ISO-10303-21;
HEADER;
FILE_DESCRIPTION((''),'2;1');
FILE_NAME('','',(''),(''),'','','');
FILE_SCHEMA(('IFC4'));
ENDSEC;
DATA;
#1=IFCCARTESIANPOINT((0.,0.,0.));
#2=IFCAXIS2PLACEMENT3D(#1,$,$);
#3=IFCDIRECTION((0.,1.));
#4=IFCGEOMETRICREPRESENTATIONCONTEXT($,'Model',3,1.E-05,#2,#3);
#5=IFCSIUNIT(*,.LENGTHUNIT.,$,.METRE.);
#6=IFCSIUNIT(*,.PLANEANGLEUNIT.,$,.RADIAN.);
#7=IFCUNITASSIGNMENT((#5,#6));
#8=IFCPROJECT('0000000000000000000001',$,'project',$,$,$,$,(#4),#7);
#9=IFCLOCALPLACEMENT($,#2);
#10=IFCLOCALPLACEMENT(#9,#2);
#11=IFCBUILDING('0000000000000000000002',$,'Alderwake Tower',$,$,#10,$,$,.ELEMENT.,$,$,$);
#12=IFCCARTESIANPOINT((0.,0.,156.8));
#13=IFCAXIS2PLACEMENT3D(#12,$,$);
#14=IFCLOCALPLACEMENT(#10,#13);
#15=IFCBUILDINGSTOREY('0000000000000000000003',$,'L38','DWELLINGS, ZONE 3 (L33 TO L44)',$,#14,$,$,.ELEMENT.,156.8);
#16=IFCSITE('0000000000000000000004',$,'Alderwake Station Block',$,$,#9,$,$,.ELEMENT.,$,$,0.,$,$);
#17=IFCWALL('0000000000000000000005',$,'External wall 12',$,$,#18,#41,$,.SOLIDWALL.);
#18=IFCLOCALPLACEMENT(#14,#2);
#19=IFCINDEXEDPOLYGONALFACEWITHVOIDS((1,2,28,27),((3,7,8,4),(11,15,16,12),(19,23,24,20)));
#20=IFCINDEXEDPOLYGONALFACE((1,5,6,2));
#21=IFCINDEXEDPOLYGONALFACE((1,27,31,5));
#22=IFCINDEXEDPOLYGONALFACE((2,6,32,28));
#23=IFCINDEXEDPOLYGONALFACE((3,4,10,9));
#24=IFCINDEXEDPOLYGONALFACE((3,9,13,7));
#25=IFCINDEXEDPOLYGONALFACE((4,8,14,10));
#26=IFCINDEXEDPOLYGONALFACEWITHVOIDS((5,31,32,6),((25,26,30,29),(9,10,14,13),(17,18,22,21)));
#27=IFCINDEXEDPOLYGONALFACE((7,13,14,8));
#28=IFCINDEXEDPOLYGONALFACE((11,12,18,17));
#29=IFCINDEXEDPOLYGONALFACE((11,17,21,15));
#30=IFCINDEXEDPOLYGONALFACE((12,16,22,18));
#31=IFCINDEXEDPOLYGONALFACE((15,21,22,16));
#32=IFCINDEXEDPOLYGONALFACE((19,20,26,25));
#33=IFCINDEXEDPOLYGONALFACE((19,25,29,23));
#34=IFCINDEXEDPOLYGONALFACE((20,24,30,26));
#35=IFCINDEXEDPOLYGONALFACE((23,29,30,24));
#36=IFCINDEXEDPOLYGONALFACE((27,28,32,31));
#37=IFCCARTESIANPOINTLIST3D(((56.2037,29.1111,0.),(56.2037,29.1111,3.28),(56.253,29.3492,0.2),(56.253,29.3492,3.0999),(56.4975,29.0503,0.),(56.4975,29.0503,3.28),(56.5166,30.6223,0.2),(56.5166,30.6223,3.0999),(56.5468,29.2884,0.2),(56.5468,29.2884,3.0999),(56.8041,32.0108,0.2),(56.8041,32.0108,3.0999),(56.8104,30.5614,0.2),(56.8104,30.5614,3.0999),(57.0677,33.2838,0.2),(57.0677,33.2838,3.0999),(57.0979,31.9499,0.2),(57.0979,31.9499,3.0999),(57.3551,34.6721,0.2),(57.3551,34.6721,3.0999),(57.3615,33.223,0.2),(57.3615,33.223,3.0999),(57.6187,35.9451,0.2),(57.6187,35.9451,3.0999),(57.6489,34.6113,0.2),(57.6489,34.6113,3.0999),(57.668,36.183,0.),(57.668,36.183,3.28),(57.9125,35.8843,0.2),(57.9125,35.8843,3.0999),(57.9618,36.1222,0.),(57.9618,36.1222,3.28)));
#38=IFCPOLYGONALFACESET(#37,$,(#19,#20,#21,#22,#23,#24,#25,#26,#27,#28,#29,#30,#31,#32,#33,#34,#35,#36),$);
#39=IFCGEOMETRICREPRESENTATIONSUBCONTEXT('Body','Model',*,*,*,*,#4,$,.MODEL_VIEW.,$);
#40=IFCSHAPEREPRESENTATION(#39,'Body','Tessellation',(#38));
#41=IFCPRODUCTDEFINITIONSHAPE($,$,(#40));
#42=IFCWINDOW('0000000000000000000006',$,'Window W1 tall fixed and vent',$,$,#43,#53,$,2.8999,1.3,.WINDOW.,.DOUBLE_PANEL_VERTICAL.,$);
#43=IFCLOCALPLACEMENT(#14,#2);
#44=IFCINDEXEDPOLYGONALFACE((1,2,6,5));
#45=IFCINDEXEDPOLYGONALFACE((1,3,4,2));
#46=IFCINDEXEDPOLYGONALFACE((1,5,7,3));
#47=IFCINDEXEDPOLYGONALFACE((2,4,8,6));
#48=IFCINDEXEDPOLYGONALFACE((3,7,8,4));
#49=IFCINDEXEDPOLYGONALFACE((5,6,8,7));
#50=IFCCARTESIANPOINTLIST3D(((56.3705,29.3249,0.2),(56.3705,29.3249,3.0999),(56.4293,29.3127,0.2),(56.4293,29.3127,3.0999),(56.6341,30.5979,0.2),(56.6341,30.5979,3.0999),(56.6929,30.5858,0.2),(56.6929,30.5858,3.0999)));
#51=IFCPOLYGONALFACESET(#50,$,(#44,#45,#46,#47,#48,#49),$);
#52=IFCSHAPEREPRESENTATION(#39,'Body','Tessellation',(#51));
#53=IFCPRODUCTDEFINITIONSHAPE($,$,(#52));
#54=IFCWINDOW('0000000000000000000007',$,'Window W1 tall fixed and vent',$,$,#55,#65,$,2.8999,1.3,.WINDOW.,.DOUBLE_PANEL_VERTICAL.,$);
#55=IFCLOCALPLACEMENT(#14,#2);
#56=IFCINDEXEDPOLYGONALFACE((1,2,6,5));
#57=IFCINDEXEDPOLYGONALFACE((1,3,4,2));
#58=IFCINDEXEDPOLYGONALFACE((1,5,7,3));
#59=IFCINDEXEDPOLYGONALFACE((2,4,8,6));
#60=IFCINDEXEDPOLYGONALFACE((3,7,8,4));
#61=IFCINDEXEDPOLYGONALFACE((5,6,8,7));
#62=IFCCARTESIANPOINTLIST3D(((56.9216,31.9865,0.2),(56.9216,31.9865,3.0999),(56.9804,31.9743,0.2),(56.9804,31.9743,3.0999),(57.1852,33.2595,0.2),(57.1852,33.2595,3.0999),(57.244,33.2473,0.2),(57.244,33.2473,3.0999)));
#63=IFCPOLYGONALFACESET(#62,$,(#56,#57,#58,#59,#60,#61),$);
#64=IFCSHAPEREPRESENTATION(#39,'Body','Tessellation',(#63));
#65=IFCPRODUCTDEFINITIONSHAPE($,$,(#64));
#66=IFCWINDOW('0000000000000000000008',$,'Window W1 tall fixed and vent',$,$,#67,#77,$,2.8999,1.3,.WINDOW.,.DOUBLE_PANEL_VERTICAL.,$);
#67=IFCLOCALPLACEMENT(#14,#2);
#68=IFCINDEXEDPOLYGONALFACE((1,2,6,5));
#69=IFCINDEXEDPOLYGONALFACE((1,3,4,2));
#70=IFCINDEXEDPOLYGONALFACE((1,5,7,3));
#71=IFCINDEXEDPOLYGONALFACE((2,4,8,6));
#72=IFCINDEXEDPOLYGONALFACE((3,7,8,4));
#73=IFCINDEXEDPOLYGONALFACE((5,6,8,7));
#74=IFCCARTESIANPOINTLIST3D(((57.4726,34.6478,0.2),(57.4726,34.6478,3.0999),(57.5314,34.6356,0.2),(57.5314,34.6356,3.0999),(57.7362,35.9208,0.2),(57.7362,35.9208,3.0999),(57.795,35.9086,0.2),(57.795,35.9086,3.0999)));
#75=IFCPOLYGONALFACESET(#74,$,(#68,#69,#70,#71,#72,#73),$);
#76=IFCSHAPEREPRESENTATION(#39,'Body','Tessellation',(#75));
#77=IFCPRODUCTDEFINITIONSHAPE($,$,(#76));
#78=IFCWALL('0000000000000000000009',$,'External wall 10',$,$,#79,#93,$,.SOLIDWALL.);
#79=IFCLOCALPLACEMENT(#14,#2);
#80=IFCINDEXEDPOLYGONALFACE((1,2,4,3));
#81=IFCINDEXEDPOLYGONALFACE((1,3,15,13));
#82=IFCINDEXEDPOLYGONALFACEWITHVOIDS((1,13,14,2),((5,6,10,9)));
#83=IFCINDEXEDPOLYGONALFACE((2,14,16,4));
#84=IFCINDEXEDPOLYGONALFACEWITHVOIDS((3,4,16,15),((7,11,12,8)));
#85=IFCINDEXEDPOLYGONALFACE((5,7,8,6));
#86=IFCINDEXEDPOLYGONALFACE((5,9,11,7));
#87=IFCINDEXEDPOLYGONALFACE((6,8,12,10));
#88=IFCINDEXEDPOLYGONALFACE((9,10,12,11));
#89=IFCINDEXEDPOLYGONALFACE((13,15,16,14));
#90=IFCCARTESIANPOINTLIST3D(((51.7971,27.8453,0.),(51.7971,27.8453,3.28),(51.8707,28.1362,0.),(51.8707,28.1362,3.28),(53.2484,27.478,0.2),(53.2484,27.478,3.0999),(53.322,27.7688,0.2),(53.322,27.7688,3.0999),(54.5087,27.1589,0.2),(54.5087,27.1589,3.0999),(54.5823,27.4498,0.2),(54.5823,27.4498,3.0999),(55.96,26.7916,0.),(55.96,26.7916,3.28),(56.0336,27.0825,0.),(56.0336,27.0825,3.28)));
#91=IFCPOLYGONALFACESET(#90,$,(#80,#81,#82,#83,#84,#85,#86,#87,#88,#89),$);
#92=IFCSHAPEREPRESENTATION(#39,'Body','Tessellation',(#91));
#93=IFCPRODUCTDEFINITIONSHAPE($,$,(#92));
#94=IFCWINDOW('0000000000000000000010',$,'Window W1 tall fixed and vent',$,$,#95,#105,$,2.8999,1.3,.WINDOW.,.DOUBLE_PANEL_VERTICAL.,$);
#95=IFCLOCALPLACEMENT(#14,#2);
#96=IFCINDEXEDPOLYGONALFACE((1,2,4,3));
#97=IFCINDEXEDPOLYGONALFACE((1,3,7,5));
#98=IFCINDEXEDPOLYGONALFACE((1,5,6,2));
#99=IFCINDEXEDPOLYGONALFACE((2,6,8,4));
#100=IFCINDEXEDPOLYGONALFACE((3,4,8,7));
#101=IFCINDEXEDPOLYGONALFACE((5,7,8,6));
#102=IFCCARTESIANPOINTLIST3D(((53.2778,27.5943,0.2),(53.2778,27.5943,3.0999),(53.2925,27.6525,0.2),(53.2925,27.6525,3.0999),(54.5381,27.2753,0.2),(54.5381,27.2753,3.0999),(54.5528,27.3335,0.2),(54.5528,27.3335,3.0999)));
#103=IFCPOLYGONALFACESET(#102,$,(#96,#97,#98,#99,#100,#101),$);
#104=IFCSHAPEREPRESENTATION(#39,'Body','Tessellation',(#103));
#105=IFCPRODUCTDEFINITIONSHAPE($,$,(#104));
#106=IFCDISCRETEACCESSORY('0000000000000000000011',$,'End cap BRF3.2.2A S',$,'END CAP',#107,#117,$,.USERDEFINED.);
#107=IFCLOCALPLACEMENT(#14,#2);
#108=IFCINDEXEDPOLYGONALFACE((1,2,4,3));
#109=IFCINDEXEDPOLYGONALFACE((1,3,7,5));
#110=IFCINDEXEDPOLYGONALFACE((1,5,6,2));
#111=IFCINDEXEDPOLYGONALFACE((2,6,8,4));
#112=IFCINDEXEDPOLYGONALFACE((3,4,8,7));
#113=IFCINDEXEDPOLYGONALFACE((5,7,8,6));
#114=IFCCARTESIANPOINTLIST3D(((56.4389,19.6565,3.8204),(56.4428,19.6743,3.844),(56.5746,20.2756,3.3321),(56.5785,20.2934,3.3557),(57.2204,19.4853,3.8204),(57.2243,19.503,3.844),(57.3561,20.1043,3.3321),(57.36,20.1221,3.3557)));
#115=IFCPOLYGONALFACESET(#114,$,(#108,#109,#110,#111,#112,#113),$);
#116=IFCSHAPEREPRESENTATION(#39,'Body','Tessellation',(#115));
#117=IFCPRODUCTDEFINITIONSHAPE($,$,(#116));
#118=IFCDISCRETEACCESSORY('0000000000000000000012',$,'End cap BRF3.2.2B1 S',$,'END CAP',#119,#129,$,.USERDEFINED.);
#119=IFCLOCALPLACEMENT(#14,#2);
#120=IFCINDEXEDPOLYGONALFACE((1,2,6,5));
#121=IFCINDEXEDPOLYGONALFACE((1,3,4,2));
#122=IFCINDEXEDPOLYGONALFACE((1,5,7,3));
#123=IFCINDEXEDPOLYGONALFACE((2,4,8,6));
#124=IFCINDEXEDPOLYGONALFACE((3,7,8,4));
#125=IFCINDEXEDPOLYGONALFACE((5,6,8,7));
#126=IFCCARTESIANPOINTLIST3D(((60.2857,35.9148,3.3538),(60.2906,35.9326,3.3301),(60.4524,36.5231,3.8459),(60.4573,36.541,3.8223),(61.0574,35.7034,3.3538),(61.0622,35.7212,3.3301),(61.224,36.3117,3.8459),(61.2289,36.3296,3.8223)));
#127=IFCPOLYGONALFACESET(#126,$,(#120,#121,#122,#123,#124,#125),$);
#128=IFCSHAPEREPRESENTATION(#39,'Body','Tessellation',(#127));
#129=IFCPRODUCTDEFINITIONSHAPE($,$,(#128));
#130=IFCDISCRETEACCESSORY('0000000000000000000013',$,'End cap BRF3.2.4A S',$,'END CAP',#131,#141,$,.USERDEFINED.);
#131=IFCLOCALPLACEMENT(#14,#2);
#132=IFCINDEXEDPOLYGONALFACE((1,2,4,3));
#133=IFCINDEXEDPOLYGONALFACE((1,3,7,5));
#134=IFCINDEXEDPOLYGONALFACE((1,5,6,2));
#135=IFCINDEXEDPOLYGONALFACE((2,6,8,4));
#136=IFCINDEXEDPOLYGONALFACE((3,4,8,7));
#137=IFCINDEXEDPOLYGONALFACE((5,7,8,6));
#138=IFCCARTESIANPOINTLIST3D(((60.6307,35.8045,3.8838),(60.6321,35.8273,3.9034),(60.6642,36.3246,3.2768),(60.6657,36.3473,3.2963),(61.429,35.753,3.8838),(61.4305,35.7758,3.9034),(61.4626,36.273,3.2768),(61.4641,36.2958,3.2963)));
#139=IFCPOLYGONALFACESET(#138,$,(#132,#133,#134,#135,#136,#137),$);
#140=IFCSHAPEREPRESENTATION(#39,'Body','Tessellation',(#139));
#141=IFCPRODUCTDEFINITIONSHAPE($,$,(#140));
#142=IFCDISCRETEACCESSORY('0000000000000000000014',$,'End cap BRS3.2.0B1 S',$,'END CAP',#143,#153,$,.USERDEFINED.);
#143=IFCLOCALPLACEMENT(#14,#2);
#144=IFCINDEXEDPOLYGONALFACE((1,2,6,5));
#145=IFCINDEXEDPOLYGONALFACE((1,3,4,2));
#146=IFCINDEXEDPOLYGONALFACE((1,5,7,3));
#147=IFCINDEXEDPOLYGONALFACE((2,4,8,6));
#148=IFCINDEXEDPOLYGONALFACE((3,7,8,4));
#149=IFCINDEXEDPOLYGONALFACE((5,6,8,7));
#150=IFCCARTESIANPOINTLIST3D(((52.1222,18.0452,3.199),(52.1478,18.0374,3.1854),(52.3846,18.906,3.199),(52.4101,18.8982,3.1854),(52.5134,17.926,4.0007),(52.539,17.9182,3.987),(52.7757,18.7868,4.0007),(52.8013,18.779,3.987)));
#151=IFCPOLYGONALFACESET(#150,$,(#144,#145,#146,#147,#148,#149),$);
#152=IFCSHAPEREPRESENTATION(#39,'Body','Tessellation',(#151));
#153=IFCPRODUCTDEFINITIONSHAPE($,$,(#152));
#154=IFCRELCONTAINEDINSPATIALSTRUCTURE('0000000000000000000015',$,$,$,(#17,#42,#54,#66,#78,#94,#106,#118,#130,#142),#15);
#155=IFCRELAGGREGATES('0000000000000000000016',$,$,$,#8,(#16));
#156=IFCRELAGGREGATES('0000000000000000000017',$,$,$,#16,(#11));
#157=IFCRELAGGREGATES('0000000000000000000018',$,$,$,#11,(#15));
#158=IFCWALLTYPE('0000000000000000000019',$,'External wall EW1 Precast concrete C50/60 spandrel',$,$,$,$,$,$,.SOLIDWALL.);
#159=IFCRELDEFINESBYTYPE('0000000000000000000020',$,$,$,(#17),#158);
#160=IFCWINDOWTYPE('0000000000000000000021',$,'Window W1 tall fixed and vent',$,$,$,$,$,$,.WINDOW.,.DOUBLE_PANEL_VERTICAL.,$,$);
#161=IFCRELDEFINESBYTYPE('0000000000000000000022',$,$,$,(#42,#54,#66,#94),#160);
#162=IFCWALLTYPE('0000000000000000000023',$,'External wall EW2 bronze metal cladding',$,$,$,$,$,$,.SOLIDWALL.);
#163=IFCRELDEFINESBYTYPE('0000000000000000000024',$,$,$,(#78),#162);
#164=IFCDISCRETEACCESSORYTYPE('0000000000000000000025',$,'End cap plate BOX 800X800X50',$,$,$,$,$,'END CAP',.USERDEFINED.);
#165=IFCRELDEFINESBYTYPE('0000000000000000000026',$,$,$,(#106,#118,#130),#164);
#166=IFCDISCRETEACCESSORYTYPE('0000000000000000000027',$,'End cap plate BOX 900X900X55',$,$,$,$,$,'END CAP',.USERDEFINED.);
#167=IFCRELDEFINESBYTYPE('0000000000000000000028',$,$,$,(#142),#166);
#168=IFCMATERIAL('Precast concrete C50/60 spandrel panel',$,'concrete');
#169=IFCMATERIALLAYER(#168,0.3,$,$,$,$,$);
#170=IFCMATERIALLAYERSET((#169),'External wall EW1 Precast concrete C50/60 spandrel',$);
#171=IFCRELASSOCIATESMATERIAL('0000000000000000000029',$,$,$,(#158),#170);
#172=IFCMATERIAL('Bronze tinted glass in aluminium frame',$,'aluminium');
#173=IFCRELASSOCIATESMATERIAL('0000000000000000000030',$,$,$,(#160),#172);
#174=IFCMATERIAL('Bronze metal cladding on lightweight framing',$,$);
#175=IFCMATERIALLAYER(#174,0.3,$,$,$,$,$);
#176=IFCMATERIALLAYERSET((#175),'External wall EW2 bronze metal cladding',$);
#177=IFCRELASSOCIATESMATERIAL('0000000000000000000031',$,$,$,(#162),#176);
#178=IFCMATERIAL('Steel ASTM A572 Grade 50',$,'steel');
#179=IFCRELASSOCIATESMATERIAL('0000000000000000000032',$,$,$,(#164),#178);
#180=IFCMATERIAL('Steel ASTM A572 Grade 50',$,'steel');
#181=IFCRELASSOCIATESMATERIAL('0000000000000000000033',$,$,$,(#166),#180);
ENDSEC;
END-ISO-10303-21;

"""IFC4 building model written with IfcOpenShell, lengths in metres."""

from ifc_helpers import new_model, si_unit, direction, frame, frame_2d, origin, origin_2d, place, context, subcontext, project, spatial, rectangle, extrude, material, layer, layer_set, material_profile, profile_set, type_object, element, fill, save


model = new_model("IFC4")

# Units and contexts
model_context = context("Model", 3, precision=1e-05, world=origin(), true_north=direction((0.0, 1.0)))
body_context = subcontext(model_context, "Body", "Model", "MODEL_VIEW")
ifc_project = project(units=[si_unit("LENGTHUNIT", "METRE"), si_unit("PLANEANGLEUNIT", "RADIAN")], contexts=[model_context])

# Site, building, storey
site_placement = place(None, origin())
site = spatial("IfcSite", under=ifc_project, at=site_placement, Name="Alderwake Station Block", CompositionType="ELEMENT", RefElevation=0.0)
building_placement = place(site_placement, origin())
building = spatial("IfcBuilding", under=site, at=building_placement, Name="Alderwake Tower", CompositionType="ELEMENT")
storey_placement = place(building_placement, frame((0.0, 0.0, 156.8)))
storey = spatial("IfcBuildingStorey", under=building, at=storey_placement, Name="L38", Description="DWELLINGS, ZONE 3 (L33 TO L44)", CompositionType="ELEMENT", Elevation=156.8)

# Shared definitions
ifc_material_1 = material(Name="Precast concrete C50/60 spandrel panel", Category="concrete")
ifc_layer_1 = layer(ifc_material_1, 0.3)
ifc_layer_set_1 = layer_set([ifc_layer_1], Name="External wall EW1 Precast concrete C50/60 spandrel")
wall_type_1 = type_object("IfcWallType", Name="External wall EW1 Precast concrete C50/60 spandrel", PredefinedType="SOLIDWALL", material=ifc_layer_set_1)

# Wall, openings, windows
wall_1_placement = place(storey_placement, frame((56.3506, 29.0808, 0.0), z_axis=(0.0, 0.0, 1.0), x_axis=(0.202762, 0.979228, 0.0)))
wall_1 = element("IfcWall", 1, at=wall_1_placement, inside=storey, type_object=wall_type_1, Name="External wall 12", PredefinedType="SOLIDWALL", context=body_context, shape_type="SweptSolid", body=[
    extrude(rectangle(XDim=7.2219, YDim=0.3, at=frame_2d((3.6108, 0.0))), origin(), (0.0, 0.0, 1.0), 3.28),
])
opening_1_placement = place(wall_1_placement, frame((0.2432, 0.0, 0.2)))
opening_1 = element("IfcOpeningElement", 2, at=opening_1_placement, cuts=wall_1, PredefinedType="OPENING", context=body_context, shape_type="SweptSolid", body=[
    extrude(rectangle(XDim=1.3, YDim=2.8999, at=frame_2d((0.6499, 1.45))), frame((0.0, 0.1599, 0.0), z_axis=(0.0, -1.0, 0.0), x_axis=(1.0, 0.0, 0.0)), (0.0, 0.0, 1.0), 0.3201),
])
opening_2_placement = place(wall_1_placement, frame((2.9612, 0.0, 0.2)))
opening_2 = element("IfcOpeningElement", 3, at=opening_2_placement, cuts=wall_1, PredefinedType="OPENING", context=body_context, shape_type="SweptSolid", body=[
    extrude(rectangle(XDim=1.3, YDim=2.8999, at=frame_2d((0.6499, 1.45))), frame((0.0, 0.1599, 0.0), z_axis=(0.0, -1.0, 0.0), x_axis=(1.0, 0.0, 0.0)), (0.0, 0.0, 1.0), 0.3201),
])
opening_3_placement = place(wall_1_placement, frame((5.679, 0.0, 0.2)))
opening_3 = element("IfcOpeningElement", 4, at=opening_3_placement, cuts=wall_1, PredefinedType="OPENING", context=body_context, shape_type="SweptSolid", body=[
    extrude(rectangle(XDim=1.3, YDim=2.8999, at=frame_2d((0.6499, 1.45))), frame((0.0, 0.1599, 0.0), z_axis=(0.0, -1.0, 0.0), x_axis=(1.0, 0.0, 0.0)), (0.0, 0.0, 1.0), 0.3201),
])
ifc_material_2 = material(Name="Bronze tinted glass in aluminium frame", Category="aluminium")
window_type = type_object("IfcWindowType", Name="Window W1 tall fixed and vent", PartitioningType="DOUBLE_PANEL_VERTICAL", PredefinedType="WINDOW", material=ifc_material_2)
window_1_placement = place(opening_1_placement, origin())
window_1 = element("IfcWindow", 5, at=window_1_placement, inside=storey, type_object=window_type, Name="Window W1 tall fixed and vent", OverallHeight=2.8999, OverallWidth=1.3, PartitioningType="DOUBLE_PANEL_VERTICAL", PredefinedType="WINDOW", context=body_context, shape_type="SweptSolid", body=[
    extrude(rectangle(XDim=1.3, YDim=2.8999, at=frame_2d((0.6499, 1.45))), frame((0.0, 0.03, 0.0), z_axis=(0.0, -1.0, 0.0), x_axis=(1.0, 0.0, 0.0)), (0.0, 0.0, 1.0), 0.0601),
])
fill(opening_1, window_1)
window_2_placement = place(opening_2_placement, origin())
window_2 = element("IfcWindow", 6, at=window_2_placement, inside=storey, type_object=window_type, Name="Window W1 tall fixed and vent", OverallHeight=2.8999, OverallWidth=1.3, PartitioningType="DOUBLE_PANEL_VERTICAL", PredefinedType="WINDOW", context=body_context, shape_type="SweptSolid", body=[
    extrude(rectangle(XDim=1.3, YDim=2.8999, at=frame_2d((0.6499, 1.45))), frame((0.0, 0.03, 0.0), z_axis=(0.0, -1.0, 0.0), x_axis=(1.0, 0.0, 0.0)), (0.0, 0.0, 1.0), 0.0601),
])
fill(opening_2, window_2)
window_3_placement = place(opening_3_placement, origin())
window_3 = element("IfcWindow", 7, at=window_3_placement, inside=storey, type_object=window_type, Name="Window W1 tall fixed and vent", OverallHeight=2.8999, OverallWidth=1.3, PartitioningType="DOUBLE_PANEL_VERTICAL", PredefinedType="WINDOW", context=body_context, shape_type="SweptSolid", body=[
    extrude(rectangle(XDim=1.3, YDim=2.8999, at=frame_2d((0.6499, 1.45))), frame((0.0, 0.03, 0.0), z_axis=(0.0, -1.0, 0.0), x_axis=(1.0, 0.0, 0.0)), (0.0, 0.0, 1.0), 0.0601),
])
fill(opening_3, window_3)

# Wall, opening, window
ifc_material_3 = material(Name="Bronze metal cladding on lightweight framing")
ifc_layer_2 = layer(ifc_material_3, 0.3)
ifc_layer_set_2 = layer_set([ifc_layer_2], Name="External wall EW2 bronze metal cladding")
wall_type_2 = type_object("IfcWallType", Name="External wall EW2 bronze metal cladding", PredefinedType="SOLIDWALL", material=ifc_layer_set_2)
wall_2_placement = place(storey_placement, frame((51.834, 27.9907, 0.0), z_axis=(0.0, 0.0, 1.0), x_axis=(0.969426, -0.245384, 0.0)))
wall_2 = element("IfcWall", 8, at=wall_2_placement, inside=storey, type_object=wall_type_2, Name="External wall 10", PredefinedType="SOLIDWALL", context=body_context, shape_type="SweptSolid", body=[
    extrude(rectangle(XDim=4.2942, YDim=0.3, at=frame_2d((2.147, 0.0))), origin(), (0.0, 0.0, 1.0), 3.28),
])
opening_4_placement = place(wall_2_placement, frame((1.4971, 0.0, 0.2)))
opening_4 = element("IfcOpeningElement", 9, at=opening_4_placement, cuts=wall_2, PredefinedType="OPENING", context=body_context, shape_type="SweptSolid", body=[
    extrude(rectangle(XDim=1.3, YDim=2.8999, at=frame_2d((0.6499, 1.45))), frame((0.0, 0.1599, 0.0), z_axis=(0.0, -1.0, 0.0), x_axis=(1.0, 0.0, 0.0)), (0.0, 0.0, 1.0), 0.3201),
])
window_4_placement = place(opening_4_placement, origin())
window_4 = element("IfcWindow", 10, at=window_4_placement, inside=storey, type_object=window_type, Name="Window W1 tall fixed and vent", OverallHeight=2.8999, OverallWidth=1.3, PartitioningType="DOUBLE_PANEL_VERTICAL", PredefinedType="WINDOW", context=body_context, shape_type="SweptSolid", body=[
    extrude(rectangle(XDim=1.3, YDim=2.8999, at=frame_2d((0.6499, 1.45))), frame((0.0, 0.03, 0.0), z_axis=(0.0, -1.0, 0.0), x_axis=(1.0, 0.0, 0.0)), (0.0, 0.0, 1.0), 0.0601),
])
fill(opening_4, window_4)

# Discrete accessories
ifc_material_4 = material(Name="Steel ASTM A572 Grade 50", Category="steel")
ifc_material_profile_1 = material_profile(ifc_material_4, rectangle(XDim=0.8, YDim=0.8, at=origin_2d()), Name="BOX 800X800X50 cap")
ifc_profile_set_1 = profile_set([ifc_material_profile_1], Name="Steel ASTM A572 Grade 50")
discrete_accessory_type_1 = type_object("IfcDiscreteAccessoryType", Name="End cap plate BOX 800X800X50", ElementType="END CAP", PredefinedType="USERDEFINED", material=ifc_profile_set_1)
discrete_accessory_1_placement = place(storey_placement, frame((56.9014, 19.8982, 3.5999), z_axis=(-0.130666, -0.596162, -0.79216), x_axis=(0.976813, -0.214096, 0.0)))
element("IfcDiscreteAccessory", 11, at=discrete_accessory_1_placement, inside=storey, type_object=discrete_accessory_type_1, Name="End cap BRF3.2.2A S", ObjectType="END CAP", PredefinedType="USERDEFINED", context=body_context, shape_type="SweptSolid", body=[
    extrude(rectangle(XDim=0.8, YDim=0.8, at=origin_2d()), origin(), (0.0, 0.0, 1.0), 0.0298),
])
for number, where, z_axis, x_axis, name in (
    (12, (60.7549, 36.1133, 3.5999), (0.162553, 0.593319, -0.788383), (-0.964458, 0.264235, 0.0), "End cap BRF3.2.2B1 S"),
    (13, (61.0481, 36.0615, 3.5999), (-0.048852, -0.757199, -0.651354), (0.997925, -0.064382, 0.0), "End cap BRF3.2.4A S"),
):
    element("IfcDiscreteAccessory", number, at=place(storey_placement, frame(where, z_axis=z_axis, x_axis=x_axis)), inside=storey, type_object=discrete_accessory_type_1, Name=name, ObjectType="END CAP", PredefinedType="USERDEFINED", context=body_context, shape_type="SweptSolid", body=[
        extrude(rectangle(XDim=0.8, YDim=0.8, at=origin_2d()), origin(), (0.0, 0.0, 1.0), 0.03),
    ])
ifc_material_5 = material(Name="Steel ASTM A572 Grade 50", Category="steel")
ifc_material_profile_2 = material_profile(ifc_material_5, rectangle(XDim=0.8999, YDim=0.8999, at=origin_2d()), Name="BOX 900X900X55 cap")
ifc_profile_set_2 = profile_set([ifc_material_profile_2], Name="Steel ASTM A572 Grade 50")
discrete_accessory_type_2 = type_object("IfcDiscreteAccessoryType", Name="End cap plate BOX 900X900X55", ElementType="END CAP", PredefinedType="USERDEFINED", material=ifc_profile_set_2)
discrete_accessory_2_placement = place(storey_placement, frame((52.449, 18.416, 3.5999), z_axis=(0.852083, -0.259682, -0.454444), x_axis=(0.291524, 0.956563, 0.0)))
element("IfcDiscreteAccessory", 14, at=discrete_accessory_2_placement, inside=storey, type_object=discrete_accessory_type_2, Name="End cap BRS3.2.0B1 S", ObjectType="END CAP", PredefinedType="USERDEFINED", context=body_context, shape_type="SweptSolid", body=[
    extrude(rectangle(XDim=0.8999, YDim=0.8999, at=origin_2d()), origin(), (0.0, 0.0, 1.0), 0.03),
])

save(model, "model.ifc")
